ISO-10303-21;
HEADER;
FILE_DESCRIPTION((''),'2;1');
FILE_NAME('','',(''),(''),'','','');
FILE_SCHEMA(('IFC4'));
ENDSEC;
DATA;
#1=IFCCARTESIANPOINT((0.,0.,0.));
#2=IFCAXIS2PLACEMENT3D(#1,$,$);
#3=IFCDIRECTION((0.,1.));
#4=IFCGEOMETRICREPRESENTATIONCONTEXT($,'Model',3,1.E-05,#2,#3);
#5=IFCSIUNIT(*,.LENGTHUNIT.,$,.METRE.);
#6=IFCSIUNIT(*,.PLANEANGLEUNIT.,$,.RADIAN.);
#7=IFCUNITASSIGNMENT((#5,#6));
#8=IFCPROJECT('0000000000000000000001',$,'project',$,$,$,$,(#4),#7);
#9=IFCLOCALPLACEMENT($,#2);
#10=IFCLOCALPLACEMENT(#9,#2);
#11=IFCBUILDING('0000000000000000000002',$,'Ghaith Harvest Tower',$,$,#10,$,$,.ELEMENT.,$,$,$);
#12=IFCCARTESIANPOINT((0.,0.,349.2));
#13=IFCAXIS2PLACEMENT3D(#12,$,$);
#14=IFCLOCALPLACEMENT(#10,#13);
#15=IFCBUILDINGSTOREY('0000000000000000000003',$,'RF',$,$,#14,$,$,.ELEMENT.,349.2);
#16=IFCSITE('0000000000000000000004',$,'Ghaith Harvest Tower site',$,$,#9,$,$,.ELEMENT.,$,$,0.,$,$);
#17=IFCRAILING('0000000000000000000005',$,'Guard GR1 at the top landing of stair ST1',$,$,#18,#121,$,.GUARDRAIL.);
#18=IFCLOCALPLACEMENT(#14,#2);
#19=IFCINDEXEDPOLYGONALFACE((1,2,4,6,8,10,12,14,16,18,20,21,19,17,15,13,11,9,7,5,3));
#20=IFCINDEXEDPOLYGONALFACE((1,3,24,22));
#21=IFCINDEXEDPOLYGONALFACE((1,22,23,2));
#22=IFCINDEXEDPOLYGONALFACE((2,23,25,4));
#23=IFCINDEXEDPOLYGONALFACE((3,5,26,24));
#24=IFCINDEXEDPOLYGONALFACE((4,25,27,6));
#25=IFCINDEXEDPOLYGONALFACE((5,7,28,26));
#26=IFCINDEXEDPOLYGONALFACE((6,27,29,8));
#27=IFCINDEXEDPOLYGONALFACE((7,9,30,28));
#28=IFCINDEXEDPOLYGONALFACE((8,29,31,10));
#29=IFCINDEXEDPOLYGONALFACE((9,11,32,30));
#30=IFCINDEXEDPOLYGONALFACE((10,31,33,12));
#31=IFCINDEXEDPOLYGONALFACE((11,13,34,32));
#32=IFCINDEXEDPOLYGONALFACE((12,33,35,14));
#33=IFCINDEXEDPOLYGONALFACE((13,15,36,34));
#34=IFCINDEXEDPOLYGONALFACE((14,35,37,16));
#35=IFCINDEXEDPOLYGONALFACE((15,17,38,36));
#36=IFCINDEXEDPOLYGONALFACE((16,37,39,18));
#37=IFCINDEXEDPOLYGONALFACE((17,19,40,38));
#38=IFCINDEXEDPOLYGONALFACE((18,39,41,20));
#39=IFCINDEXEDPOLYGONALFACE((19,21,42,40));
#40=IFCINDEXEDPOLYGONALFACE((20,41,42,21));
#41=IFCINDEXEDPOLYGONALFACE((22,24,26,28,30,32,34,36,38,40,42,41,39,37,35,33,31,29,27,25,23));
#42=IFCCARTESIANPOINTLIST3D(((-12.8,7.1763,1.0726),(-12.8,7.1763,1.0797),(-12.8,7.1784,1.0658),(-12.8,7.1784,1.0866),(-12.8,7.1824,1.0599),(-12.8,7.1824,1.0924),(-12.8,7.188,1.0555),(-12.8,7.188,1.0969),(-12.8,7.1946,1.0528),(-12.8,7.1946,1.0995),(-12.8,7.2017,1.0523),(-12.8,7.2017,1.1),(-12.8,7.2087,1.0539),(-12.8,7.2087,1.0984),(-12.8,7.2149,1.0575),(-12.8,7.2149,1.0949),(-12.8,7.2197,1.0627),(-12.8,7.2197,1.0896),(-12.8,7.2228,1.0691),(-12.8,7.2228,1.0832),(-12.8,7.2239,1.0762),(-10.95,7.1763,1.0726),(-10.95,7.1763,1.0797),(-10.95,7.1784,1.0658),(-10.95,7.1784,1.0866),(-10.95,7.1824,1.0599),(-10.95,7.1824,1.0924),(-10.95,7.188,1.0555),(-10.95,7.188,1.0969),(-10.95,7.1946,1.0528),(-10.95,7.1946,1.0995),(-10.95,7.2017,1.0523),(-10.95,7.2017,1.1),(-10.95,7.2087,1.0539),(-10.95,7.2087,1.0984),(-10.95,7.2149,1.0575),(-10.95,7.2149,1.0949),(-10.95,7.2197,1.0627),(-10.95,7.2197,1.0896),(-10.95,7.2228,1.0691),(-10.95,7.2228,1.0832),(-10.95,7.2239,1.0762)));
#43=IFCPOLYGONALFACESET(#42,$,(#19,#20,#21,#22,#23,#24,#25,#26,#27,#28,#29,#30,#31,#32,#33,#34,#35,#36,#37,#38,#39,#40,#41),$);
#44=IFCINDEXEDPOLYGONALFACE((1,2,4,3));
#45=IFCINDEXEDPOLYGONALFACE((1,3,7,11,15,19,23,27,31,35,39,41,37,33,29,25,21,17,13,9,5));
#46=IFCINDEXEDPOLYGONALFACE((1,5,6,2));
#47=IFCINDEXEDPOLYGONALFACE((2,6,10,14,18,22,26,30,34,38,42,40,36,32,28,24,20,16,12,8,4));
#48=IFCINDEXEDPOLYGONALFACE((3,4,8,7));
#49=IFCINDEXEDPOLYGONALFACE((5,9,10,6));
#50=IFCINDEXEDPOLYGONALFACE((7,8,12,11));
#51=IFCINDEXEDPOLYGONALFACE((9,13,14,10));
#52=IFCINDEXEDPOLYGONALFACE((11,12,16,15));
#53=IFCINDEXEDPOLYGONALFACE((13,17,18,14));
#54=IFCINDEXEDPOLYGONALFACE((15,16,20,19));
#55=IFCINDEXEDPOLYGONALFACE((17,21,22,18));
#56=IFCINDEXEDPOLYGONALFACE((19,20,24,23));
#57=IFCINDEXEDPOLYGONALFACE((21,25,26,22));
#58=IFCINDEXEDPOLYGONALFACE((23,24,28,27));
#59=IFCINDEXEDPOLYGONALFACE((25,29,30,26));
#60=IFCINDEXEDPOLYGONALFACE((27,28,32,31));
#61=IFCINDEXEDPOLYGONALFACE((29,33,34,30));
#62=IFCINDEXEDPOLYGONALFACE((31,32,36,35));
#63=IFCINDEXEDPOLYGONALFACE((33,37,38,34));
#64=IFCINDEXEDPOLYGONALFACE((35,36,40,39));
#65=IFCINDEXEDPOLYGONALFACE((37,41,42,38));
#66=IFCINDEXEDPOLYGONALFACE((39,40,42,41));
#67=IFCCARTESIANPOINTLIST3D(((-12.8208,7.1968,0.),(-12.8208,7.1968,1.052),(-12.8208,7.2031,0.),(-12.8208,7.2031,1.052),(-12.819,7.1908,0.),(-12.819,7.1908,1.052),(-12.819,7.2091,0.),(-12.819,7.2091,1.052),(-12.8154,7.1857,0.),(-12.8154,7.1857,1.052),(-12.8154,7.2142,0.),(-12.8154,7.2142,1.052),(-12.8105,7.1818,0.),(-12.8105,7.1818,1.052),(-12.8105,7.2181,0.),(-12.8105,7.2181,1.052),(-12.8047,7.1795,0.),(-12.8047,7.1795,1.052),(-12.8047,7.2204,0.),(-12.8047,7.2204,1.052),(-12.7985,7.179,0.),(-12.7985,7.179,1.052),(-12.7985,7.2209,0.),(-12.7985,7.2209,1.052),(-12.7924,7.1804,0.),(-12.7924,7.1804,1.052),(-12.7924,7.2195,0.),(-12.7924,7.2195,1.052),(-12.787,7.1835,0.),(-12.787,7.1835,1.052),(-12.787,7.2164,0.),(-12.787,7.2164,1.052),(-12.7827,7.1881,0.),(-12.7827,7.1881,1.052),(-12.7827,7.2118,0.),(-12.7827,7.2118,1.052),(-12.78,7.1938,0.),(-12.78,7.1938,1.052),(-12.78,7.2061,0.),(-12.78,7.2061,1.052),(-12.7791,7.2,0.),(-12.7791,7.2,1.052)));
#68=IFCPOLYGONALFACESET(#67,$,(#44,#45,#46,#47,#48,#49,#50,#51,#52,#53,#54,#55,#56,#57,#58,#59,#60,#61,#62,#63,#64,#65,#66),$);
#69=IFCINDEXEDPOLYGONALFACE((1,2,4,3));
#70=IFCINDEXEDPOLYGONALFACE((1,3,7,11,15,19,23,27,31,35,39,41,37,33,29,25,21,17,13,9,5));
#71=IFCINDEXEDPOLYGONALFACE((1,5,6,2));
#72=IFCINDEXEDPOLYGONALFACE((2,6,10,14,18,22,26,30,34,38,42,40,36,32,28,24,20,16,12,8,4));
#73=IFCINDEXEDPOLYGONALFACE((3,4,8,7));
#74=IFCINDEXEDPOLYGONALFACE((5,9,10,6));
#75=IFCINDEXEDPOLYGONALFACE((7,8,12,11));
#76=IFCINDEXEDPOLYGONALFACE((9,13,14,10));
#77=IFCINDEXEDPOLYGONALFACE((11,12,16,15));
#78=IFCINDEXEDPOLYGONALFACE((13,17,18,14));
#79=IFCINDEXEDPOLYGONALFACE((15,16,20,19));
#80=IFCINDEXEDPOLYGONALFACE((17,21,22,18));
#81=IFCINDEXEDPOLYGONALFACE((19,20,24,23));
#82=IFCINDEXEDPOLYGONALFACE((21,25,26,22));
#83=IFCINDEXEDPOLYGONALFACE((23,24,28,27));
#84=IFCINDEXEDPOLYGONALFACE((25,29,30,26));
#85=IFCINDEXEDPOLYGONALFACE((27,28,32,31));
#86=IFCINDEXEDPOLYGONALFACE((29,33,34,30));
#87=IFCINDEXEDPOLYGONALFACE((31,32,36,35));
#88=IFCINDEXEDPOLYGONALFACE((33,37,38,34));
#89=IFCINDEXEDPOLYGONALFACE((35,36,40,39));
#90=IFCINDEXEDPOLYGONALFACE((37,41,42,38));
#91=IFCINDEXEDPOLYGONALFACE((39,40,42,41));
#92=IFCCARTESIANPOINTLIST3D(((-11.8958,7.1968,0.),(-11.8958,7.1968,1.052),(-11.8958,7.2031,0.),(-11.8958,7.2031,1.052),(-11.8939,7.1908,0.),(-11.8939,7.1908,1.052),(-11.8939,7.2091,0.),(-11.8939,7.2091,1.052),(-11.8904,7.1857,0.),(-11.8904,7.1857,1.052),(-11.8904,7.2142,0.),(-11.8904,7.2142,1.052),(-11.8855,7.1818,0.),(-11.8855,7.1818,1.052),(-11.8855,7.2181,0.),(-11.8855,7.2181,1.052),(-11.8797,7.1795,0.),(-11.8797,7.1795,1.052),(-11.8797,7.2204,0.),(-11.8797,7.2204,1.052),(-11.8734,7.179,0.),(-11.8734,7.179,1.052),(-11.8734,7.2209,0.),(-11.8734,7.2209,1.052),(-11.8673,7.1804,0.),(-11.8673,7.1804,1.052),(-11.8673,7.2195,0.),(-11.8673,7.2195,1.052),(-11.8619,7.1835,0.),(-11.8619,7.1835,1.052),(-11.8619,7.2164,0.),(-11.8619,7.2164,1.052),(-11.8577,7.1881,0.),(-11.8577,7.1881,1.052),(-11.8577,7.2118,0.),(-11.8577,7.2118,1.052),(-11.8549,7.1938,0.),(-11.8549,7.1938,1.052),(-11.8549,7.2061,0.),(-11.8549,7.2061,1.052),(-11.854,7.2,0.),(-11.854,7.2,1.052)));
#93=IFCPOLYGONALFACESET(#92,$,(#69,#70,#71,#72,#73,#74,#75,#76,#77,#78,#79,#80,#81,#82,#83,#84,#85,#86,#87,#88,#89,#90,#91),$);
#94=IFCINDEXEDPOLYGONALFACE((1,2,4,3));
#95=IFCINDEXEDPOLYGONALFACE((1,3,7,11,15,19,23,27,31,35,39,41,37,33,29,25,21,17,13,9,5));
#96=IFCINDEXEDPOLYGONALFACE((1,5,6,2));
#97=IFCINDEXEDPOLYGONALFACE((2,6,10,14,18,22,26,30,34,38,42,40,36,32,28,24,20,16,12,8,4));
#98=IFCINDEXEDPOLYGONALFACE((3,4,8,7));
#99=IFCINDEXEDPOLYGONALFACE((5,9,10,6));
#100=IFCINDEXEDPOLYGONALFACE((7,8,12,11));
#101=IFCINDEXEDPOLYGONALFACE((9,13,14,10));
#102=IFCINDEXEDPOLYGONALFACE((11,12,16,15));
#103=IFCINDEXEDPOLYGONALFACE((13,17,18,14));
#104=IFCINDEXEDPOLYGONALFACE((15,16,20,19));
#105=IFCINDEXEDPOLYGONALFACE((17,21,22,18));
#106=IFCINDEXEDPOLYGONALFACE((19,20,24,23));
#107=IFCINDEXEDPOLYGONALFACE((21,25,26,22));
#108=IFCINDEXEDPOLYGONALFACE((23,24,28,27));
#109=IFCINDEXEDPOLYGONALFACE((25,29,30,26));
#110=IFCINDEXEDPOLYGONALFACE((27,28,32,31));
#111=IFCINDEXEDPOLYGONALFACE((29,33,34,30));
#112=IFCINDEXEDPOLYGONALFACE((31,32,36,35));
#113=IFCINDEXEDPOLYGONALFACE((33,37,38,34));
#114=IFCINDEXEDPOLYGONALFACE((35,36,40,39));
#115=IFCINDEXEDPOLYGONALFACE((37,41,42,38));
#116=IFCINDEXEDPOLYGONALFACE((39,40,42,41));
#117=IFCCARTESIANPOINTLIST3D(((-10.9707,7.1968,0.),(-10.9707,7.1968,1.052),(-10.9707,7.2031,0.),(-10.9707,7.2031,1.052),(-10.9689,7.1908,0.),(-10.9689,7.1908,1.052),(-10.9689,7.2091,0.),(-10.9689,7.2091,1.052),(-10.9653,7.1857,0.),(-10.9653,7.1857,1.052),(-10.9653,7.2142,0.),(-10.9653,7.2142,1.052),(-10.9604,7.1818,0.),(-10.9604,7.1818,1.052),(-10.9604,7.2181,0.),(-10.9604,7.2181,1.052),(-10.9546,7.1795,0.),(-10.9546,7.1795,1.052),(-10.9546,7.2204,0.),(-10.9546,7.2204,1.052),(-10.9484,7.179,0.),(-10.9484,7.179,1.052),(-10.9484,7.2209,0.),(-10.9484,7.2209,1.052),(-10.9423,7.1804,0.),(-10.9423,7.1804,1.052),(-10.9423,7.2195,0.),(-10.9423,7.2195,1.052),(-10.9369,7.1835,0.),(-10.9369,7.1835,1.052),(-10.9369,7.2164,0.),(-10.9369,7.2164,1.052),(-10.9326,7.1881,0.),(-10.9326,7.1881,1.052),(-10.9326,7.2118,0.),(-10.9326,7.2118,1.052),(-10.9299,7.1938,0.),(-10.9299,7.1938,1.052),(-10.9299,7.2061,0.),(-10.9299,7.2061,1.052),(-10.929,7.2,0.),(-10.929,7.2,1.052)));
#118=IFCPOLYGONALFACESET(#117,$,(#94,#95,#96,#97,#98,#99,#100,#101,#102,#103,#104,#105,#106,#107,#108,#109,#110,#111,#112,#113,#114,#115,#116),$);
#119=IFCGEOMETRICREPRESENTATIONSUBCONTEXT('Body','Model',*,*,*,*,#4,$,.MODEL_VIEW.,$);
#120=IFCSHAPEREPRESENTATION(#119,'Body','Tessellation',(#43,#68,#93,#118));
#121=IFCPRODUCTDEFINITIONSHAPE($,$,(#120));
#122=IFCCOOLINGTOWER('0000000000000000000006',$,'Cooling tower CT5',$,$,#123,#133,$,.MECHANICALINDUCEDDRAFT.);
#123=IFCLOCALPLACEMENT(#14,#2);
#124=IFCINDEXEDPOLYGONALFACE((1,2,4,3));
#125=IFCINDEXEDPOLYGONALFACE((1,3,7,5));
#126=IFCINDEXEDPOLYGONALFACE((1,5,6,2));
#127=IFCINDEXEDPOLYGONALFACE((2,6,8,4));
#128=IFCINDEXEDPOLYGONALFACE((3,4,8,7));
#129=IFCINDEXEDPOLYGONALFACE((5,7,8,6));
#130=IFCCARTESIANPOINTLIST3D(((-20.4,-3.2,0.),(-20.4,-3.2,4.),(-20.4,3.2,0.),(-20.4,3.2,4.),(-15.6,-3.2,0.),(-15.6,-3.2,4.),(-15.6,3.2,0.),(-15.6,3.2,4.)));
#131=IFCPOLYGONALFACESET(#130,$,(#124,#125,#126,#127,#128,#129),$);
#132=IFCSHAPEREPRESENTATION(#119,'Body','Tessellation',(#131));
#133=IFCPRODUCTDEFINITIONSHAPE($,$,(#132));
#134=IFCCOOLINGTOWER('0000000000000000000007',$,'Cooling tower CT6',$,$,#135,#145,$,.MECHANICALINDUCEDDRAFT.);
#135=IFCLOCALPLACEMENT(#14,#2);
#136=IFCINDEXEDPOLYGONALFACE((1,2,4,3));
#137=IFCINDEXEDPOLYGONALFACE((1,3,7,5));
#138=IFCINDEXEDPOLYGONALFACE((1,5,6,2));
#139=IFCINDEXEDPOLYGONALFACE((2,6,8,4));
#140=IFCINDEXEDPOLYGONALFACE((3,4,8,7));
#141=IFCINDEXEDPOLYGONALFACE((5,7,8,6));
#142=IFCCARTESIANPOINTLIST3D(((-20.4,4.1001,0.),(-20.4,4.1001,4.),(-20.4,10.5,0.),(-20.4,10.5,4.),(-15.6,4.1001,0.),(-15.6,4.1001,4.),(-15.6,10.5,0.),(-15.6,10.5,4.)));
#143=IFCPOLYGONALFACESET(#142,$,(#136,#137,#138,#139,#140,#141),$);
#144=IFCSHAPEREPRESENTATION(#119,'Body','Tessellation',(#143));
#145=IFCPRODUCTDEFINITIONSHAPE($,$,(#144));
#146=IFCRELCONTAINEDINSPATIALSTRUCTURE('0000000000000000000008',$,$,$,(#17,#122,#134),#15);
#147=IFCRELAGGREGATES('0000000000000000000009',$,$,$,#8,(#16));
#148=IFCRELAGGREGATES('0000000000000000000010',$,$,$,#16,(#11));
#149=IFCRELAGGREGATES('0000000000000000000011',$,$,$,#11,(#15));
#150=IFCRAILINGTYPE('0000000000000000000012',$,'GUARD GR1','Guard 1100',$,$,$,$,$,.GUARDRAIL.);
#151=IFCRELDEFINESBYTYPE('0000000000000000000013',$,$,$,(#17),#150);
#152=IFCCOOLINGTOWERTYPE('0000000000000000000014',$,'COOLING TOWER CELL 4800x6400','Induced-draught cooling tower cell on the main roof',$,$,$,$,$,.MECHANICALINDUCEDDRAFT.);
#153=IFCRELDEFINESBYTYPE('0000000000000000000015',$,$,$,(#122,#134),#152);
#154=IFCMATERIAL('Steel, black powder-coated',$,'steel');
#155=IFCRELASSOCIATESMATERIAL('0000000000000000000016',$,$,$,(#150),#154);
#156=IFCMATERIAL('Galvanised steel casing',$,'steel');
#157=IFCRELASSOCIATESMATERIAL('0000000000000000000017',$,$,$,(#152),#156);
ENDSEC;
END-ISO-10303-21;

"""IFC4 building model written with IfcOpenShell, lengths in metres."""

from ifc_helpers import new_model, si_unit, direction, frame, origin, origin_2d, place, context, subcontext, project, spatial, rectangle, circle, extrude, material, type_object, element, save


model = new_model("IFC4")

# Units and contexts
model_context = context("Model", 3, precision=1e-05, world=origin(), true_north=direction((0.0, 1.0)))
body_context = subcontext(model_context, "Body", "Model", "MODEL_VIEW")
ifc_project = project(units=[si_unit("LENGTHUNIT", "METRE"), si_unit("PLANEANGLEUNIT", "RADIAN")], contexts=[model_context])

# Site, building, storey
site_placement = place(None, origin())
site = spatial("IfcSite", under=ifc_project, at=site_placement, Name="Ghaith Harvest Tower site", CompositionType="ELEMENT", RefElevation=0.0)
building_placement = place(site_placement, origin())
building = spatial("IfcBuilding", under=site, at=building_placement, Name="Ghaith Harvest Tower", CompositionType="ELEMENT")
storey_placement = place(building_placement, frame((0.0, 0.0, 349.2)))
storey = spatial("IfcBuildingStorey", under=building, at=storey_placement, Name="RF", CompositionType="ELEMENT", Elevation=349.2)

# Railing
ifc_material_1 = material(Name="Steel, black powder-coated", Category="steel")
railing_type = type_object("IfcRailingType", Name="GUARD GR1", Description="Guard 1100", PredefinedType="GUARDRAIL", material=ifc_material_1)
railing_placement = place(storey_placement, frame((-12.8, 7.2, 0.0)))
element("IfcRailing", 1, at=railing_placement, inside=storey, type_object=railing_type, Name="Guard GR1 at the top landing of stair ST1", PredefinedType="GUARDRAIL", context=body_context, shape_type="SweptSolid", body=[
    extrude(circle(Radius=0.0239, at=origin_2d()), frame((0.0, 0.0, 1.0762), z_axis=(1.0, 0.0, 0.0), x_axis=(0.0, 1.0, 0.0)), (0.0, 0.0, 1.0), 1.8501),
    extrude(circle(Radius=0.021, at=origin_2d()), origin(), (0.0, 0.0, 1.0), 1.052),
    extrude(circle(Radius=0.021, at=origin_2d()), frame((0.925, 0.0, 0.0)), (0.0, 0.0, 1.0), 1.052),
    extrude(circle(Radius=0.021, at=origin_2d()), frame((1.8501, 0.0, 0.0)), (0.0, 0.0, 1.0), 1.052),
])

# Cooling towers
ifc_material_2 = material(Name="Galvanised steel casing", Category="steel")
cooling_tower_type = type_object("IfcCoolingTowerType", Name="COOLING TOWER CELL 4800x6400", Description="Induced-draught cooling tower cell on the main roof", PredefinedType="MECHANICALINDUCEDDRAFT", material=ifc_material_2)
for number, where, z_axis, x_axis, name in (
    (2, (-18.0, 0.0, 0.0), (0.0, 0.0, 1.0), (1.0, 0.0, 0.0), "Cooling tower CT5"),
    (3, (-18.0, 7.3, 0.0), (0.0, 0.0, 1.0), (1.0, 0.0, 0.0), "Cooling tower CT6"),
):
    element("IfcCoolingTower", number, at=place(storey_placement, frame(where, z_axis=z_axis, x_axis=x_axis)), inside=storey, type_object=cooling_tower_type, Name=name, PredefinedType="MECHANICALINDUCEDDRAFT", context=body_context, shape_type="SweptSolid", body=[
        extrude(rectangle(XDim=4.8, YDim=6.3999, at=origin_2d()), origin(), (0.0, 0.0, 1.0), 4.0),
    ])

save(model, "model.ifc")
